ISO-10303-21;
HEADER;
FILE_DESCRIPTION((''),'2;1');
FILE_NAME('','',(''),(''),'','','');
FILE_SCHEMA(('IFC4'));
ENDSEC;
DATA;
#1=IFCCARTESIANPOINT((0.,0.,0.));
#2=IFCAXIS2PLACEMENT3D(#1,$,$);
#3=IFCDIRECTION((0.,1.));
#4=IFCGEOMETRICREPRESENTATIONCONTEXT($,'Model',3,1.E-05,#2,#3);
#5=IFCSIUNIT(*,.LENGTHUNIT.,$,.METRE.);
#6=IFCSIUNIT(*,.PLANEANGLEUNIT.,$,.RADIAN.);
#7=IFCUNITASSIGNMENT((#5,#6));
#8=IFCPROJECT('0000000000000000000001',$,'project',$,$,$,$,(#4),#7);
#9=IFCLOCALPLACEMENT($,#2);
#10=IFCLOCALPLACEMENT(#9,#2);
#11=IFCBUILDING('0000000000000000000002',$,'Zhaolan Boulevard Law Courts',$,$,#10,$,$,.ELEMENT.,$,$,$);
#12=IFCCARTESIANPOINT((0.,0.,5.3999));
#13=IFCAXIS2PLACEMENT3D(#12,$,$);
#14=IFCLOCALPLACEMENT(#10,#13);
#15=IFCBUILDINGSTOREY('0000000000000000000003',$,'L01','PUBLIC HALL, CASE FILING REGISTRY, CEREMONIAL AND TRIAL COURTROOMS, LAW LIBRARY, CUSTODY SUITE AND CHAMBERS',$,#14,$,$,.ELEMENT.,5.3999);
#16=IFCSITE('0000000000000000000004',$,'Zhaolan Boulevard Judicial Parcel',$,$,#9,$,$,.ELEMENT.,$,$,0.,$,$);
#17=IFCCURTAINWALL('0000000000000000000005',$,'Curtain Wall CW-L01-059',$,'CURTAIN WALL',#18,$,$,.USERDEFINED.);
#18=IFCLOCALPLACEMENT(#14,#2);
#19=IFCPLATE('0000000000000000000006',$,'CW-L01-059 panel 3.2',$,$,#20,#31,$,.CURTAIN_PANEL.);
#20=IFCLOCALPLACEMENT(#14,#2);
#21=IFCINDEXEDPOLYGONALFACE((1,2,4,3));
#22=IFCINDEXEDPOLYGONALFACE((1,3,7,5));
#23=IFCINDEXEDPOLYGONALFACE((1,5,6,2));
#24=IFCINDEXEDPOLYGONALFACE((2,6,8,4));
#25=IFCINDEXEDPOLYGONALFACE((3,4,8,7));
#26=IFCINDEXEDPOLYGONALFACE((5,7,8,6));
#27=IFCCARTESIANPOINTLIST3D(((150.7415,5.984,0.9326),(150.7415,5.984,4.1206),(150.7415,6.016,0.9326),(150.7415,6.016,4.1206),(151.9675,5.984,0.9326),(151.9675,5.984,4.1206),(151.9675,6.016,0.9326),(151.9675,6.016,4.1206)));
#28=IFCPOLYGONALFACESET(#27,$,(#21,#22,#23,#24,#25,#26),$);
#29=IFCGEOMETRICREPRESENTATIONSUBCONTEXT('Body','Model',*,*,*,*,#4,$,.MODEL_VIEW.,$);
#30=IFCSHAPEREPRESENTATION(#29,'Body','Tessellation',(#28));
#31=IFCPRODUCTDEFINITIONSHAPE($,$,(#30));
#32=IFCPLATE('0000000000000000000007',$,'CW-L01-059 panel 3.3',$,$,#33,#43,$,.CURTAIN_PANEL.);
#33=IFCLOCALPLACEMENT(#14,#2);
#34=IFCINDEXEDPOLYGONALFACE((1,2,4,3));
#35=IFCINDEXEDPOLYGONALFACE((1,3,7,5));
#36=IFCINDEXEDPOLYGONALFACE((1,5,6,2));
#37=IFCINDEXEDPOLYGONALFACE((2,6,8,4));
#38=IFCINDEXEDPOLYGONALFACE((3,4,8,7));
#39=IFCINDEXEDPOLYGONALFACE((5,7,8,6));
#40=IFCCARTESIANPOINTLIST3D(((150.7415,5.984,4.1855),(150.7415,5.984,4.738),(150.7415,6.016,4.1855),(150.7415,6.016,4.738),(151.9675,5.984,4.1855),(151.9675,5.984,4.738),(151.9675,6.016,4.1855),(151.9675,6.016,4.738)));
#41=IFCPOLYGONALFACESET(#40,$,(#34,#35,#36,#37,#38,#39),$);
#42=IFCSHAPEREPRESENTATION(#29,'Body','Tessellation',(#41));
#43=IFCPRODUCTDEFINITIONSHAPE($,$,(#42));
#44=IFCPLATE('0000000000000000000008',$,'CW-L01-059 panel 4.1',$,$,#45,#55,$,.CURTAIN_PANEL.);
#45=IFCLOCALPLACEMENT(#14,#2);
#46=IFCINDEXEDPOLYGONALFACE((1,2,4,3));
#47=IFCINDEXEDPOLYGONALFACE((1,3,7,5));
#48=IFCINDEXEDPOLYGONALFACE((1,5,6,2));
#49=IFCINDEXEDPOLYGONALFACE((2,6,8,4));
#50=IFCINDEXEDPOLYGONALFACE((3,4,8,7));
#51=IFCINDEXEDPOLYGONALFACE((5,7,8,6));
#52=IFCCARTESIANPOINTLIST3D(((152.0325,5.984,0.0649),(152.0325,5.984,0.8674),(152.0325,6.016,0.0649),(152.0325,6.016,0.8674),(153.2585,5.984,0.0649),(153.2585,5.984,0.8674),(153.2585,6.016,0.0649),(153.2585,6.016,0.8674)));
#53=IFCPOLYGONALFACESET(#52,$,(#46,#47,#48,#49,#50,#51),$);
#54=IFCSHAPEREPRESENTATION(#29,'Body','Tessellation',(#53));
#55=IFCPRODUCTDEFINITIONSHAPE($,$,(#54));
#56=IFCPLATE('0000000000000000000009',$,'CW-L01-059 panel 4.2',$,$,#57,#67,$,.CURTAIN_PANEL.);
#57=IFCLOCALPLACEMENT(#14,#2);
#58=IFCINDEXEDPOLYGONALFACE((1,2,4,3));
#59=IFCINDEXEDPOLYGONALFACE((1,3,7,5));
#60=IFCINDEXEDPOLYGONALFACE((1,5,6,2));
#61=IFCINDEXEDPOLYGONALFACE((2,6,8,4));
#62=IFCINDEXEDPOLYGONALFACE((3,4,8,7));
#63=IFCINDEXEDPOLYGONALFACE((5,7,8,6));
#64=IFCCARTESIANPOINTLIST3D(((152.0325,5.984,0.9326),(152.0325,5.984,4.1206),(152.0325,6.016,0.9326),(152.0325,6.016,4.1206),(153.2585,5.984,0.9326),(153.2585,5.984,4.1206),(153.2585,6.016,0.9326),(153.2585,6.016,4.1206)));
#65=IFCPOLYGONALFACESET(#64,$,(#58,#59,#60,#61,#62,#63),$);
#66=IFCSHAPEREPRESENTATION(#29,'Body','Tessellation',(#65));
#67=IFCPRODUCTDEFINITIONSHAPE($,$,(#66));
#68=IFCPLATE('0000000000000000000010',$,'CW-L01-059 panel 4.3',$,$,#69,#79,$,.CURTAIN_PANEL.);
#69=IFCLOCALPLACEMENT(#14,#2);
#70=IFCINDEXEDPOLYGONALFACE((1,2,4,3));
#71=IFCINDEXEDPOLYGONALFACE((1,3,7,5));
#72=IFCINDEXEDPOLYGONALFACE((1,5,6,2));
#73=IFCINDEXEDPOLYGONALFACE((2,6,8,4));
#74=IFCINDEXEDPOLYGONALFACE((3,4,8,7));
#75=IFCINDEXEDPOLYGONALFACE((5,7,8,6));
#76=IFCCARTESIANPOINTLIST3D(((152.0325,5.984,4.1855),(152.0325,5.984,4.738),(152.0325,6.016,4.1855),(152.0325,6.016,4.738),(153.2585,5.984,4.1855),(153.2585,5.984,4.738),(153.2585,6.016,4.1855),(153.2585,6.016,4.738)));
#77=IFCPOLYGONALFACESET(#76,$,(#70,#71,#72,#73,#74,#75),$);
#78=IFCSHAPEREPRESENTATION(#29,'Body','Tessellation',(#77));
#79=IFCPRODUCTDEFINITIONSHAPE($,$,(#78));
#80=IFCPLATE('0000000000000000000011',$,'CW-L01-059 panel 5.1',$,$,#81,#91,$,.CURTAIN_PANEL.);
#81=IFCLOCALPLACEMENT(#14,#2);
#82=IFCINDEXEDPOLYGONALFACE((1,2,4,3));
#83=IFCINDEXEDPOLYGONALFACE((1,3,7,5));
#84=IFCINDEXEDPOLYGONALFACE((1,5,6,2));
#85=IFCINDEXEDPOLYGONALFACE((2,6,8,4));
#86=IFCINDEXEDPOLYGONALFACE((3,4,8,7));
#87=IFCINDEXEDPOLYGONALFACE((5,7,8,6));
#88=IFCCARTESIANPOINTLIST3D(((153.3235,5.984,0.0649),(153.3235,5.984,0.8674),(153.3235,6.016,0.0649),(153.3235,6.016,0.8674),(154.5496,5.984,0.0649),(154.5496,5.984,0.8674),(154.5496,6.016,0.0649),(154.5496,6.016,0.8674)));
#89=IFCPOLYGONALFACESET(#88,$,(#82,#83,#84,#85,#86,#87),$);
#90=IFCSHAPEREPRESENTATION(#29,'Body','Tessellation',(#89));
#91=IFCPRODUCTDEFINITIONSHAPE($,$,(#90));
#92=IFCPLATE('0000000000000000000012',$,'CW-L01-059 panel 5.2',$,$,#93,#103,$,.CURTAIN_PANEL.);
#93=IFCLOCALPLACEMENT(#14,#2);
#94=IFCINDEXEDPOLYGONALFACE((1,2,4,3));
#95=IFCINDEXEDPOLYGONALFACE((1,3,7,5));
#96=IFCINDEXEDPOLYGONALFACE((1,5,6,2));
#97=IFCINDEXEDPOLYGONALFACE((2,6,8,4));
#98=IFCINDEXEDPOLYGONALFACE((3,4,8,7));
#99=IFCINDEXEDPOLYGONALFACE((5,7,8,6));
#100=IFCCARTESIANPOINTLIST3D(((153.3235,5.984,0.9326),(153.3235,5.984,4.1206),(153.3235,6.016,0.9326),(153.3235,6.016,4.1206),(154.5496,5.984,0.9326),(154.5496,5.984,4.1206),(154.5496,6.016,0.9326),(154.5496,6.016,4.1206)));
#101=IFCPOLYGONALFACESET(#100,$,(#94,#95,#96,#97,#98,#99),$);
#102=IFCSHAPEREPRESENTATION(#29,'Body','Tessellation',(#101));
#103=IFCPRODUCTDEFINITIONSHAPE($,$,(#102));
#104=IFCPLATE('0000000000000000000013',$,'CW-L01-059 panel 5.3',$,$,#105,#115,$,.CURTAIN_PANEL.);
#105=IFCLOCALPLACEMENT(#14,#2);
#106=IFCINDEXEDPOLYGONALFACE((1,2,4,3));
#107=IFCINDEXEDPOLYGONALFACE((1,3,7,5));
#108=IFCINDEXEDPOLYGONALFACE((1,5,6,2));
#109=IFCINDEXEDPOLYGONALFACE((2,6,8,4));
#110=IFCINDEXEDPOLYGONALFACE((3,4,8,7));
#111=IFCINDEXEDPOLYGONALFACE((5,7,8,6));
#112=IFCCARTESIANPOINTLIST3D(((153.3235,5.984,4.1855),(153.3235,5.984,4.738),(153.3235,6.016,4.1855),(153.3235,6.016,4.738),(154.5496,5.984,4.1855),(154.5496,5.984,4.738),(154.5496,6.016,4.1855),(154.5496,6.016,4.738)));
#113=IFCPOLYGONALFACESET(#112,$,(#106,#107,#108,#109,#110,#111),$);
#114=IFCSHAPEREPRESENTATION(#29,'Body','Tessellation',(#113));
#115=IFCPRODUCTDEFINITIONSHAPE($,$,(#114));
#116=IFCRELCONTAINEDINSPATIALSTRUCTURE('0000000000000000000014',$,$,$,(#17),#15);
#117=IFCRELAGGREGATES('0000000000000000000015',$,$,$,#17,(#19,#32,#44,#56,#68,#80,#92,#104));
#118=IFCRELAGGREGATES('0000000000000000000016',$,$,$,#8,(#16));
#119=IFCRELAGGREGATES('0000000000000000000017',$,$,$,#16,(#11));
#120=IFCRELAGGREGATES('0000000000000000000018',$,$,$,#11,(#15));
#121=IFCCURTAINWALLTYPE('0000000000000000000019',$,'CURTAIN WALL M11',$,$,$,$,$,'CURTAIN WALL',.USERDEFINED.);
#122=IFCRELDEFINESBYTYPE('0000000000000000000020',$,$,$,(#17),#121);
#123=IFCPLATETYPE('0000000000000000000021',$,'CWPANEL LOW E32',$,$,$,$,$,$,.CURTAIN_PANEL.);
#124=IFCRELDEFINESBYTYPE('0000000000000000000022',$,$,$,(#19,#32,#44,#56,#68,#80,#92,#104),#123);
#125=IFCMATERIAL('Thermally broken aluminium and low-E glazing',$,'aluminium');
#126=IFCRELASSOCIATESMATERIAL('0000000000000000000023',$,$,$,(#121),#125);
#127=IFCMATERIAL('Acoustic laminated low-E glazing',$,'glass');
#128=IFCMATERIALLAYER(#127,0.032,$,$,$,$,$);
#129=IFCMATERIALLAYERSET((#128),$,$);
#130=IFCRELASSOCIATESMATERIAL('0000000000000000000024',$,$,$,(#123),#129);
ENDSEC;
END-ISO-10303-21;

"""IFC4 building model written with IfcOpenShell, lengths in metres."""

from ifc_helpers import new_model, si_unit, direction, frame, origin, origin_2d, place, context, subcontext, project, spatial, rectangle, extrude, material, layer, layer_set, type_object, element, aggregate, save


model = new_model("IFC4")

# Units and contexts
model_context = context("Model", 3, precision=1e-05, world=origin(), true_north=direction((0.0, 1.0)))
body_context = subcontext(model_context, "Body", "Model", "MODEL_VIEW")
ifc_project = project(units=[si_unit("LENGTHUNIT", "METRE"), si_unit("PLANEANGLEUNIT", "RADIAN")], contexts=[model_context])

# Site, building, storey
site_placement = place(None, origin())
site = spatial("IfcSite", under=ifc_project, at=site_placement, Name="Zhaolan Boulevard Judicial Parcel", CompositionType="ELEMENT", RefElevation=0.0)
building_placement = place(site_placement, origin())
building = spatial("IfcBuilding", under=site, at=building_placement, Name="Zhaolan Boulevard Law Courts", CompositionType="ELEMENT")
storey_placement = place(building_placement, frame((0.0, 0.0, 5.3999)))
storey = spatial("IfcBuildingStorey", under=building, at=storey_placement, Name="L01", Description="PUBLIC HALL, CASE FILING REGISTRY, CEREMONIAL AND TRIAL COURTROOMS, LAW LIBRARY, CUSTODY SUITE AND CHAMBERS", CompositionType="ELEMENT", Elevation=5.3999)

# Curtain wall, plates
ifc_material_1 = material(Name="Thermally broken aluminium and low-E glazing", Category="aluminium")
curtain_wall_type = type_object("IfcCurtainWallType", Name="CURTAIN WALL M11", ElementType="CURTAIN WALL", PredefinedType="USERDEFINED", material=ifc_material_1)
curtain_wall_placement = place(storey_placement, origin())
curtain_wall = element("IfcCurtainWall", 1, at=curtain_wall_placement, inside=storey, type_object=curtain_wall_type, Name="Curtain Wall CW-L01-059", ObjectType="CURTAIN WALL", PredefinedType="USERDEFINED")
ifc_material_2 = material(Name="Acoustic laminated low-E glazing", Category="glass")
ifc_layer = layer(ifc_material_2, 0.032)
ifc_layer_set = layer_set([ifc_layer])
plate_type = type_object("IfcPlateType", Name="CWPANEL LOW E32", PredefinedType="CURTAIN_PANEL", material=ifc_layer_set)
plate_1_placement = place(storey_placement, frame((151.3545, 6.0, 0.9326), z_axis=(0.0, 0.0, 1.0), x_axis=(1.0, 0.0, 0.0)))
plate_1 = element("IfcPlate", 2, at=plate_1_placement, type_object=plate_type, Name="CW-L01-059 panel 3.2", PredefinedType="CURTAIN_PANEL", context=body_context, shape_type="SweptSolid", body=[
    extrude(rectangle(XDim=1.2261, YDim=0.032, at=origin_2d()), origin(), (0.0, 0.0, 1.0), 3.188),
])
plate_2_placement = place(storey_placement, frame((151.3545, 6.0, 4.1855), z_axis=(0.0, 0.0, 1.0), x_axis=(1.0, 0.0, 0.0)))
plate_2 = element("IfcPlate", 3, at=plate_2_placement, type_object=plate_type, Name="CW-L01-059 panel 3.3", PredefinedType="CURTAIN_PANEL", context=body_context, shape_type="SweptSolid", body=[
    extrude(rectangle(XDim=1.2261, YDim=0.032, at=origin_2d()), origin(), (0.0, 0.0, 1.0), 0.5525),
])
plate_3_placement = place(storey_placement, frame((152.6455, 6.0, 0.0649), z_axis=(0.0, 0.0, 1.0), x_axis=(1.0, 0.0, 0.0)))
plate_3 = element("IfcPlate", 4, at=plate_3_placement, type_object=plate_type, Name="CW-L01-059 panel 4.1", PredefinedType="CURTAIN_PANEL", context=body_context, shape_type="SweptSolid", body=[
    extrude(rectangle(XDim=1.2261, YDim=0.032, at=origin_2d()), origin(), (0.0, 0.0, 1.0), 0.8025),
])
plate_4_placement = place(storey_placement, frame((152.6455, 6.0, 0.9326), z_axis=(0.0, 0.0, 1.0), x_axis=(1.0, 0.0, 0.0)))
plate_4 = element("IfcPlate", 5, at=plate_4_placement, type_object=plate_type, Name="CW-L01-059 panel 4.2", PredefinedType="CURTAIN_PANEL", context=body_context, shape_type="SweptSolid", body=[
    extrude(rectangle(XDim=1.2261, YDim=0.032, at=origin_2d()), origin(), (0.0, 0.0, 1.0), 3.188),
])
plate_5_placement = place(storey_placement, frame((152.6455, 6.0, 4.1855), z_axis=(0.0, 0.0, 1.0), x_axis=(1.0, 0.0, 0.0)))
plate_5 = element("IfcPlate", 6, at=plate_5_placement, type_object=plate_type, Name="CW-L01-059 panel 4.3", PredefinedType="CURTAIN_PANEL", context=body_context, shape_type="SweptSolid", body=[
    extrude(rectangle(XDim=1.2261, YDim=0.032, at=origin_2d()), origin(), (0.0, 0.0, 1.0), 0.5525),
])
plate_6_placement = place(storey_placement, frame((153.9365, 6.0, 0.0649), z_axis=(0.0, 0.0, 1.0), x_axis=(1.0, 0.0, 0.0)))
plate_6 = element("IfcPlate", 7, at=plate_6_placement, type_object=plate_type, Name="CW-L01-059 panel 5.1", PredefinedType="CURTAIN_PANEL", context=body_context, shape_type="SweptSolid", body=[
    extrude(rectangle(XDim=1.2261, YDim=0.032, at=origin_2d()), origin(), (0.0, 0.0, 1.0), 0.8025),
])
plate_7_placement = place(storey_placement, frame((153.9365, 6.0, 0.9326), z_axis=(0.0, 0.0, 1.0), x_axis=(1.0, 0.0, 0.0)))
plate_7 = element("IfcPlate", 8, at=plate_7_placement, type_object=plate_type, Name="CW-L01-059 panel 5.2", PredefinedType="CURTAIN_PANEL", context=body_context, shape_type="SweptSolid", body=[
    extrude(rectangle(XDim=1.2261, YDim=0.032, at=origin_2d()), origin(), (0.0, 0.0, 1.0), 3.188),
])
plate_8_placement = place(storey_placement, frame((153.9365, 6.0, 4.1855), z_axis=(0.0, 0.0, 1.0), x_axis=(1.0, 0.0, 0.0)))
plate_8 = element("IfcPlate", 9, at=plate_8_placement, type_object=plate_type, Name="CW-L01-059 panel 5.3", PredefinedType="CURTAIN_PANEL", context=body_context, shape_type="SweptSolid", body=[
    extrude(rectangle(XDim=1.2261, YDim=0.032, at=origin_2d()), origin(), (0.0, 0.0, 1.0), 0.5525),
])
aggregate(curtain_wall, [plate_1, plate_2, plate_3, plate_4, plate_5, plate_6, plate_7, plate_8])

save(model, "model.ifc")
